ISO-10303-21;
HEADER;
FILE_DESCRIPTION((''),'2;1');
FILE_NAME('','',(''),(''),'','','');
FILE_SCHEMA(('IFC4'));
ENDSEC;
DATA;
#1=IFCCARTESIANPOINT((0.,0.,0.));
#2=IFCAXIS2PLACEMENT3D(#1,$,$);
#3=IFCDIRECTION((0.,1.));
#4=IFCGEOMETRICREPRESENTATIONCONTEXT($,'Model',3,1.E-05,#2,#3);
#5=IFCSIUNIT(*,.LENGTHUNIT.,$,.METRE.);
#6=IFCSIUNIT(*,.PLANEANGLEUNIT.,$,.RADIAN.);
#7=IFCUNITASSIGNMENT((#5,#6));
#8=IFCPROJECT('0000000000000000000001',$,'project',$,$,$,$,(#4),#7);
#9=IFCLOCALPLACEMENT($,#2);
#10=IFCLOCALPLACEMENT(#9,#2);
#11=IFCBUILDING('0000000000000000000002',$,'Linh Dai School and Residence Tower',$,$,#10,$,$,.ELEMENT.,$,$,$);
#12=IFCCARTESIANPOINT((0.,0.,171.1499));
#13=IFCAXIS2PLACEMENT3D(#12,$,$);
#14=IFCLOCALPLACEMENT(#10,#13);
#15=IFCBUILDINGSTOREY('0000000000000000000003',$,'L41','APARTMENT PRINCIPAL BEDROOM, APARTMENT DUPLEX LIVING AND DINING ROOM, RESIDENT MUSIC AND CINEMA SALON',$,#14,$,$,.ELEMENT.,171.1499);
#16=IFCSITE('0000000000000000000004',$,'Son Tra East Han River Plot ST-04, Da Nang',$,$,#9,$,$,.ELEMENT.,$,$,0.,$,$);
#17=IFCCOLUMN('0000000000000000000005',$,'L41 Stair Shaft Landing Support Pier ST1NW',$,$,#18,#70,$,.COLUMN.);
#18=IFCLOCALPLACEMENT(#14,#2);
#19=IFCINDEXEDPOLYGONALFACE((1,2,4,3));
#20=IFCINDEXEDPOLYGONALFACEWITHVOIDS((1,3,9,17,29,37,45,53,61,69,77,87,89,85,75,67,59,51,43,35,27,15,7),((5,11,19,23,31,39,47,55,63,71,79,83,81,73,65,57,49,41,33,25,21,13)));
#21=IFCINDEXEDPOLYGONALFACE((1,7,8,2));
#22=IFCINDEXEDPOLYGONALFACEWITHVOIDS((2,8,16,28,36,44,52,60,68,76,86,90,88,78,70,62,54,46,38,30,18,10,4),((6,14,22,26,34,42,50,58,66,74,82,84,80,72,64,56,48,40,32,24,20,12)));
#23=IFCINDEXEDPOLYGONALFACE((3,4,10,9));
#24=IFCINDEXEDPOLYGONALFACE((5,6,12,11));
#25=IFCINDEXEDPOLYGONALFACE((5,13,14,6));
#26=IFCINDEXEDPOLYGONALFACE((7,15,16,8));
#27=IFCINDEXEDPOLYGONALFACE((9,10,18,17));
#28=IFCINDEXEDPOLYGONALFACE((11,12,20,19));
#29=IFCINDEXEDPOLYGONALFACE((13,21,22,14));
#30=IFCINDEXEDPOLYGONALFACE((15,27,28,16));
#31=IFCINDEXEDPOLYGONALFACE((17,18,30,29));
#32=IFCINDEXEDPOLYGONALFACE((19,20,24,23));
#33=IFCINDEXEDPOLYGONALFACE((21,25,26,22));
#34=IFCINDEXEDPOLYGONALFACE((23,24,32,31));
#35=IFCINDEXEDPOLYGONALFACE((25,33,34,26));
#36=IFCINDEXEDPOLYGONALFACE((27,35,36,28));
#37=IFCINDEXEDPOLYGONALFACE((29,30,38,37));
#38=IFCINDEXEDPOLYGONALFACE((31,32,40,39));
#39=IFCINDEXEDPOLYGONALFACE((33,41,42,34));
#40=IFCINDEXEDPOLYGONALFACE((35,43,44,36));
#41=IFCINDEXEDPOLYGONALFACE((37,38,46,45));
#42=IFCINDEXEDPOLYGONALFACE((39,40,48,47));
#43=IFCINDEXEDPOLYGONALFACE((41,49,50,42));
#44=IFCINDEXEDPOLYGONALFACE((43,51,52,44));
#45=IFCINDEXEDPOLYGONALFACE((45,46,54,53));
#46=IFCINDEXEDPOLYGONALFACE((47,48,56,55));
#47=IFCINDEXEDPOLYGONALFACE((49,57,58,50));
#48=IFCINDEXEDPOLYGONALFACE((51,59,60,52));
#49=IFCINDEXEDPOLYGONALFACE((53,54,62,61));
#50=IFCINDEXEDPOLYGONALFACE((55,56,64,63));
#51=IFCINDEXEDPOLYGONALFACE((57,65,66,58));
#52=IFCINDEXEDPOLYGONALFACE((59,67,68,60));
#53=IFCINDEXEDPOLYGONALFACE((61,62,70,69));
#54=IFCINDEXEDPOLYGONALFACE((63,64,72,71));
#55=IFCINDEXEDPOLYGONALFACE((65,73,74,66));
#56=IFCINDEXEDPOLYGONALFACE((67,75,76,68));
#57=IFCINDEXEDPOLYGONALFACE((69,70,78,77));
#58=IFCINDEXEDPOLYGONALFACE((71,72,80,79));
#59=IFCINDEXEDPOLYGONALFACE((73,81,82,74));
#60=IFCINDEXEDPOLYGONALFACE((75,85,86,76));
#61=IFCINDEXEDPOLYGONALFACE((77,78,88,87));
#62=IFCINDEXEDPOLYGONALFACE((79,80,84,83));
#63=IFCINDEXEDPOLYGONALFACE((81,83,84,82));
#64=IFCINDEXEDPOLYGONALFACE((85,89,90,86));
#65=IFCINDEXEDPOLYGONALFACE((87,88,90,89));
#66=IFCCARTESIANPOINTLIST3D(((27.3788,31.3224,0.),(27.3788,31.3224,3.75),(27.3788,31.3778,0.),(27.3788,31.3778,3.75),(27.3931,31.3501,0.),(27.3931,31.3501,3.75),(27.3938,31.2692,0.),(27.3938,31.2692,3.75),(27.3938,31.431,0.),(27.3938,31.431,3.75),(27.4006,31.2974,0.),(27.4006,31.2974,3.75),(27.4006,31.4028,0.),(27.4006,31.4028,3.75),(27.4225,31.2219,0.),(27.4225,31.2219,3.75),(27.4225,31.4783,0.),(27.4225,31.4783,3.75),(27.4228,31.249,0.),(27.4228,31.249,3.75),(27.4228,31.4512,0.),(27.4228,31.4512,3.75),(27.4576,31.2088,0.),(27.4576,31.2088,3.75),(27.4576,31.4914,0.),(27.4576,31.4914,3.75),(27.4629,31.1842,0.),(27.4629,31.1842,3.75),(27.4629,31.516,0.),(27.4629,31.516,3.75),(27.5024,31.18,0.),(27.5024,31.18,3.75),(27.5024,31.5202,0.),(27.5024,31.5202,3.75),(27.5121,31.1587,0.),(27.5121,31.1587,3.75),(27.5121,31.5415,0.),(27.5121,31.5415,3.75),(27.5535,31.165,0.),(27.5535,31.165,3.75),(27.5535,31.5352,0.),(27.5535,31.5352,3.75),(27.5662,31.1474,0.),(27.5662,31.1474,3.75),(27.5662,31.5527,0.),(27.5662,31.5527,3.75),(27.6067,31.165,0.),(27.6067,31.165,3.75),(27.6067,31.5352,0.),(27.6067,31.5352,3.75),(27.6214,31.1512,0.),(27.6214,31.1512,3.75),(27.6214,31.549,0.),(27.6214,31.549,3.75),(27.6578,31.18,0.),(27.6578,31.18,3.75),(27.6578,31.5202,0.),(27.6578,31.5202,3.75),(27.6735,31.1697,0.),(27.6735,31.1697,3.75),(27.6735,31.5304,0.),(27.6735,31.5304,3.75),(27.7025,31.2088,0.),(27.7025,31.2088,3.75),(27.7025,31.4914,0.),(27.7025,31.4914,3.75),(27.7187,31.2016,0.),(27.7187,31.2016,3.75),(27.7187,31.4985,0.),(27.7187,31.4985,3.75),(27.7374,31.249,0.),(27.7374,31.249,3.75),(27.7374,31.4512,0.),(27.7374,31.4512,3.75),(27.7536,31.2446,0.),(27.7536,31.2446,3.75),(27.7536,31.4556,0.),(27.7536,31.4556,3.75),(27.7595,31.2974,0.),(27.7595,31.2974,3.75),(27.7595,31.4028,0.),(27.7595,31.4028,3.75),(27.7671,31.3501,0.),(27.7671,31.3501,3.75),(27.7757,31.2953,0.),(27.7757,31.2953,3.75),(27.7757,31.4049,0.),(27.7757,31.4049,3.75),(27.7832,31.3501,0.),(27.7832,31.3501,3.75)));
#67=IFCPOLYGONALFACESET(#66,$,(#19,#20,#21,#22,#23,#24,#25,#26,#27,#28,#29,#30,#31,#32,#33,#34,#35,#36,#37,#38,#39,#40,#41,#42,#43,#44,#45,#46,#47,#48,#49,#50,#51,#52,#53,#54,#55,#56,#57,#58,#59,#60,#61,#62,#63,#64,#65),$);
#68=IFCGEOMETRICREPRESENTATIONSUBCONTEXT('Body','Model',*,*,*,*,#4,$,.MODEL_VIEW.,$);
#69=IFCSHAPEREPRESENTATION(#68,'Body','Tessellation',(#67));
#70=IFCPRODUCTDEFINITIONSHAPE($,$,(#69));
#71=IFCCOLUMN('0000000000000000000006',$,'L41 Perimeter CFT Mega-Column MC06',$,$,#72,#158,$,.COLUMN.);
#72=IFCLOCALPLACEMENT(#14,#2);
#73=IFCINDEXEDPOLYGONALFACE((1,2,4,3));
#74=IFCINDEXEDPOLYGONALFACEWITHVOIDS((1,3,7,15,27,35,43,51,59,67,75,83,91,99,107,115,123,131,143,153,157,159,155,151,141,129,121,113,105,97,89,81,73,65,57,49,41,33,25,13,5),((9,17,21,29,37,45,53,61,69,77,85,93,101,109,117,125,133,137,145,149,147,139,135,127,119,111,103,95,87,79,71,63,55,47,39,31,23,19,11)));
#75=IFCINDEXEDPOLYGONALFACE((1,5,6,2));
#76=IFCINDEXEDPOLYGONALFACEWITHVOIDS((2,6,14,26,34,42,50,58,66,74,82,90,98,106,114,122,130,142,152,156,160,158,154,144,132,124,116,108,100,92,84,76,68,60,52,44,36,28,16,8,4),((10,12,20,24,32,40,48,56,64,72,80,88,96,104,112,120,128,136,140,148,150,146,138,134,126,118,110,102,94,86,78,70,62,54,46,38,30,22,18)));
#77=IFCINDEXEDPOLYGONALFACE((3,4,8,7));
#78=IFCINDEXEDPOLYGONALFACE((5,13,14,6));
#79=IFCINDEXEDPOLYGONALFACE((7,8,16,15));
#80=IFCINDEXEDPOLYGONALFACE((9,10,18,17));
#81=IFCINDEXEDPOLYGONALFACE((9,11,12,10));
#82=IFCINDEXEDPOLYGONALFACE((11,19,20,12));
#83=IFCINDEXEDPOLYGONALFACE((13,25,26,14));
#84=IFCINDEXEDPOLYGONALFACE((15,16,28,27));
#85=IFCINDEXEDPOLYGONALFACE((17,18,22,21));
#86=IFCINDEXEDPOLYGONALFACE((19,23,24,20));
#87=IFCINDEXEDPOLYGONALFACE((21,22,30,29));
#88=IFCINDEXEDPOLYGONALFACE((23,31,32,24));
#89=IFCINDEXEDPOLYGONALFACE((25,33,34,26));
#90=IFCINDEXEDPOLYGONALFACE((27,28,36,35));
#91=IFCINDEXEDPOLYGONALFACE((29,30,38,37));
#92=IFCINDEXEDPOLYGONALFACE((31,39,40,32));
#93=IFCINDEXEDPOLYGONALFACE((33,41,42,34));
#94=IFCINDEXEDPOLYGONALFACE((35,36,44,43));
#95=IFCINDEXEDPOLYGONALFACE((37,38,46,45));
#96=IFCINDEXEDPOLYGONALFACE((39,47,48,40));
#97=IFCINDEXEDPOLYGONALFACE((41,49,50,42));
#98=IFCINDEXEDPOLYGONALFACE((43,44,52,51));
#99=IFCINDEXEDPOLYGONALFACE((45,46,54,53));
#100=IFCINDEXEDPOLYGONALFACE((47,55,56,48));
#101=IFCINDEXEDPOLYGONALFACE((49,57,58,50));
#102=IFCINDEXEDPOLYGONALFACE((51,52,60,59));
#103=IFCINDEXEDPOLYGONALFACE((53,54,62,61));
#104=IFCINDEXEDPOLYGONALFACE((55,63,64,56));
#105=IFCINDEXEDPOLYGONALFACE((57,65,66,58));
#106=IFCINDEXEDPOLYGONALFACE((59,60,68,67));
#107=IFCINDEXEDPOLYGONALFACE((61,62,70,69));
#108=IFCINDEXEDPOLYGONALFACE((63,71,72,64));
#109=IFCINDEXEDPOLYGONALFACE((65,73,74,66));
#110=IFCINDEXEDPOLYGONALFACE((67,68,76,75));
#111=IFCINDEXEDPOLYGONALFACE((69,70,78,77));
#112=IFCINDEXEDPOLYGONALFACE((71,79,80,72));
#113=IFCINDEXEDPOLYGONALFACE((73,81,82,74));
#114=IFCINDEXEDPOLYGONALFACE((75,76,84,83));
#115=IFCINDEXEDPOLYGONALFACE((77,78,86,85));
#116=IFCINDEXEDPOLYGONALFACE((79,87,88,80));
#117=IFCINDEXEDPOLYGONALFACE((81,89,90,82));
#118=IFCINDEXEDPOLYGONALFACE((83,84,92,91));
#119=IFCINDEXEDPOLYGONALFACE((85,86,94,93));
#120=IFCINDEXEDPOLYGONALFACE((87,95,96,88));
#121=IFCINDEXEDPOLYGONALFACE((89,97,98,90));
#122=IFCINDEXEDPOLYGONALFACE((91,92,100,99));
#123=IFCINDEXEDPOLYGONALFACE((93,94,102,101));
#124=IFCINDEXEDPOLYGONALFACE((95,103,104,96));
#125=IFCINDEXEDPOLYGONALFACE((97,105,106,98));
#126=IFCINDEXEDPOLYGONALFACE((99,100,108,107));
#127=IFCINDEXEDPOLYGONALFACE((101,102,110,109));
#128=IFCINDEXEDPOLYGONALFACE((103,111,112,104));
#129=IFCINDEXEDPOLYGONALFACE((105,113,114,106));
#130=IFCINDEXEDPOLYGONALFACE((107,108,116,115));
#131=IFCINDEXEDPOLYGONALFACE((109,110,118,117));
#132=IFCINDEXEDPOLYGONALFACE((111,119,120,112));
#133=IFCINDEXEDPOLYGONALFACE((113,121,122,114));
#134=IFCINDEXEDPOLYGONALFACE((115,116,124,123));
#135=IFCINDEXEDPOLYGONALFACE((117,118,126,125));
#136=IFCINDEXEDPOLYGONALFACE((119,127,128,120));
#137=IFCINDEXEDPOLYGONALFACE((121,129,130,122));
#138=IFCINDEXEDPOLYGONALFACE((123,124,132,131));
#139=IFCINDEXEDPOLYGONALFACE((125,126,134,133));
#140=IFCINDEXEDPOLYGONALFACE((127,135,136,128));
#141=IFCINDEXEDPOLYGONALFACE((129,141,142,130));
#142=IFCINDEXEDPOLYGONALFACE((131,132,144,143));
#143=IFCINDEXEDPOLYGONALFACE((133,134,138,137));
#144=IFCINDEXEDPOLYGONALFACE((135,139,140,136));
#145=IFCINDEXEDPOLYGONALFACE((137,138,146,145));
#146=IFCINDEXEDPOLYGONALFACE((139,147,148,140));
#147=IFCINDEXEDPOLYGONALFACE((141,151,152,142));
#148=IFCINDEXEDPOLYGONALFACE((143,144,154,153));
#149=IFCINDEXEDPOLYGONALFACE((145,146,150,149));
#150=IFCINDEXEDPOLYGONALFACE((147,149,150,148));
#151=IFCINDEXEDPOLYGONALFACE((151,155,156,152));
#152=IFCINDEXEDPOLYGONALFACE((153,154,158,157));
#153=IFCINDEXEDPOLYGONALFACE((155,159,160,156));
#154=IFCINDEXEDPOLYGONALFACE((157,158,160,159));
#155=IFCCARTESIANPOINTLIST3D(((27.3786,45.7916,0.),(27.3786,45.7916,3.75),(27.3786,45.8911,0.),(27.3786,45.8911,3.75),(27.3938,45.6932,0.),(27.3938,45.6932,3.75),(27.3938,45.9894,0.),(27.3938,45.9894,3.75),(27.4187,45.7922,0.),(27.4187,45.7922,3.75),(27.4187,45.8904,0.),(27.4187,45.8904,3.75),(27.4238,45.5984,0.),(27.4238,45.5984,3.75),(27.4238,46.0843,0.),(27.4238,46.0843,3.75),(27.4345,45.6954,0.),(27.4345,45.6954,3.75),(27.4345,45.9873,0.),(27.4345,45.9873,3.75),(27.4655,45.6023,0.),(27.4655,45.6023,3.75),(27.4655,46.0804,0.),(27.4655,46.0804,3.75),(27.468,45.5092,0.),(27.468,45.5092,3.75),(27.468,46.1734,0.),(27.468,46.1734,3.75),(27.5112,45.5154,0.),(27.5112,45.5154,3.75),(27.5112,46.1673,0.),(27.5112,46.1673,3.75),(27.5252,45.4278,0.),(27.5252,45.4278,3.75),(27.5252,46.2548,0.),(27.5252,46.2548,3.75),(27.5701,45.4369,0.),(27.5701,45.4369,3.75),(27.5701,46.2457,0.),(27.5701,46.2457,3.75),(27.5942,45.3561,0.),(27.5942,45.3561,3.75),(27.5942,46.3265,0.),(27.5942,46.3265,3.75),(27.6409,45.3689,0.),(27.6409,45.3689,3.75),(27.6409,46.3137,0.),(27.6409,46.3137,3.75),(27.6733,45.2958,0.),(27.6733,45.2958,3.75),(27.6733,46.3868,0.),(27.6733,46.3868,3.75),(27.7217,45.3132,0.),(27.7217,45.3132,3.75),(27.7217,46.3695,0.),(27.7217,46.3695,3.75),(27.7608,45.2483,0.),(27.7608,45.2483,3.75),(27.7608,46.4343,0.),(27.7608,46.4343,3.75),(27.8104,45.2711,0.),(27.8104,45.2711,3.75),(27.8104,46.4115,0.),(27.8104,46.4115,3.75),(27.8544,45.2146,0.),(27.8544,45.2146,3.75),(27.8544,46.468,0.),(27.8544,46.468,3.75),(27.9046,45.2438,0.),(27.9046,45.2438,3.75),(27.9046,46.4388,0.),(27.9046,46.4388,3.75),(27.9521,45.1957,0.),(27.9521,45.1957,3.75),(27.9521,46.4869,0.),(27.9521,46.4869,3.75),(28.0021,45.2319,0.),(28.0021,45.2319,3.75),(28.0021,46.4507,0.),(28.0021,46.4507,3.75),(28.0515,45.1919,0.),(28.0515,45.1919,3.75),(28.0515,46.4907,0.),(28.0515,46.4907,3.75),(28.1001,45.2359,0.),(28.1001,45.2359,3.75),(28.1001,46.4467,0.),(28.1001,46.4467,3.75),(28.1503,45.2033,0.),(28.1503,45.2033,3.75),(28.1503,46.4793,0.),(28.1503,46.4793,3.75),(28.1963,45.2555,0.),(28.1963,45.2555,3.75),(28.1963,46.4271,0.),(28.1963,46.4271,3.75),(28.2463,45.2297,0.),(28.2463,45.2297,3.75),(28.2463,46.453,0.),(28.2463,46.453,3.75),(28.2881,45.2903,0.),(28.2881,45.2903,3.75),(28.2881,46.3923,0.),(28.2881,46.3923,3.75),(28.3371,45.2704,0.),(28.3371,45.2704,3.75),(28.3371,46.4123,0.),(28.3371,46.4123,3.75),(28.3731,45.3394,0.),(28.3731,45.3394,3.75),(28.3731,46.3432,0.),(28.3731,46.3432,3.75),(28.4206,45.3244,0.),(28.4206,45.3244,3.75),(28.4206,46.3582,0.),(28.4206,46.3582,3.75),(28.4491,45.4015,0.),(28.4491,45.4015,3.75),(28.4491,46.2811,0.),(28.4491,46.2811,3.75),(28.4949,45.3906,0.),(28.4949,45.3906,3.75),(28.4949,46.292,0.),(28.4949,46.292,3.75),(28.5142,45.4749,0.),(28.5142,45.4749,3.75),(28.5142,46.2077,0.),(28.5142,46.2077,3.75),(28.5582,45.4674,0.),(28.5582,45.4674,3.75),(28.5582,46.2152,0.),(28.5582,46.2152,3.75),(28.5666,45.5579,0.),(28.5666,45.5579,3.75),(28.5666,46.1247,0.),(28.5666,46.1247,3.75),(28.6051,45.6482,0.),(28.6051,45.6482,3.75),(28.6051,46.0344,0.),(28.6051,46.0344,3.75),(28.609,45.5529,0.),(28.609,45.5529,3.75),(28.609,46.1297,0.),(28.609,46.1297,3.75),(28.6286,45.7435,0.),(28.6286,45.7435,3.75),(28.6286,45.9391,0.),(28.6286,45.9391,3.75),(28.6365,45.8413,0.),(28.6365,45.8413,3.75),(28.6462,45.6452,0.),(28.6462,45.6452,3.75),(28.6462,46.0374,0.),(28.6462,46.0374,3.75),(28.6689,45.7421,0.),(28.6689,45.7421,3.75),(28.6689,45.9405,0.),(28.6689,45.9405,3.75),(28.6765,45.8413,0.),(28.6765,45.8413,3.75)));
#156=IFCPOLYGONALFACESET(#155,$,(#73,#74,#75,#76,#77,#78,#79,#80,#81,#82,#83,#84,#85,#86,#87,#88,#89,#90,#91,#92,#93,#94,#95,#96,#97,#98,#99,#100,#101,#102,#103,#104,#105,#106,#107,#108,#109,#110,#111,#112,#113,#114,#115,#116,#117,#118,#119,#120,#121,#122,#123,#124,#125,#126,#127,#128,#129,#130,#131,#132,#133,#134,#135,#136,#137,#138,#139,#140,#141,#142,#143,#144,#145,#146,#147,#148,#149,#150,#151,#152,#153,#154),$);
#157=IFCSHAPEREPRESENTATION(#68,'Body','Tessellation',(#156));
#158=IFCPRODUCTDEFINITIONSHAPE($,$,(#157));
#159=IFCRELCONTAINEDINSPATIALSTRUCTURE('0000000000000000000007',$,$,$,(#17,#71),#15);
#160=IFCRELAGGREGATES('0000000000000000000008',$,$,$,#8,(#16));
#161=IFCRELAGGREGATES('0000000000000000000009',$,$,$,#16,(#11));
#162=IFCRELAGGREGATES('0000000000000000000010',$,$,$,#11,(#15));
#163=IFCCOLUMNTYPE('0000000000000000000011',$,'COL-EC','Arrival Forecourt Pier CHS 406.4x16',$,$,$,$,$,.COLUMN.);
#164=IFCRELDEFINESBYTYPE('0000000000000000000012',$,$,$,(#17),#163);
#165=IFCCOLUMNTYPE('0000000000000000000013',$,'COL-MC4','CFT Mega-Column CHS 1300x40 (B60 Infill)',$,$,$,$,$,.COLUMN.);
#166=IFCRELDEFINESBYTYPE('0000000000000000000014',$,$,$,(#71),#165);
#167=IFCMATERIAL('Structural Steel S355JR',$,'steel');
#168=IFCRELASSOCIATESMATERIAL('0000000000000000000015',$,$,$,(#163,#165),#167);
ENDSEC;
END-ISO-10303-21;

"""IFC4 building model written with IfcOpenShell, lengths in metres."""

from ifc_helpers import new_model, si_unit, direction, frame, origin, origin_2d, place, context, subcontext, project, spatial, hollow_circle, extrude, material, material_profile, profile_set, type_object, element, save


model = new_model("IFC4")

# Units and contexts
model_context = context("Model", 3, precision=1e-05, world=origin(), true_north=direction((0.0, 1.0)))
body_context = subcontext(model_context, "Body", "Model", "MODEL_VIEW")
ifc_project = project(units=[si_unit("LENGTHUNIT", "METRE"), si_unit("PLANEANGLEUNIT", "RADIAN")], contexts=[model_context])

# Site, building, storey
site_placement = place(None, origin())
site = spatial("IfcSite", under=ifc_project, at=site_placement, Name="Son Tra East Han River Plot ST-04, Da Nang", CompositionType="ELEMENT", RefElevation=0.0)
building_placement = place(site_placement, origin())
building = spatial("IfcBuilding", under=site, at=building_placement, Name="Linh Dai School and Residence Tower", CompositionType="ELEMENT")
storey_placement = place(building_placement, frame((0.0, 0.0, 171.1499)))
storey = spatial("IfcBuildingStorey", under=building, at=storey_placement, Name="L41", Description="APARTMENT PRINCIPAL BEDROOM, APARTMENT DUPLEX LIVING AND DINING ROOM, RESIDENT MUSIC AND CINEMA SALON", CompositionType="ELEMENT", Elevation=171.1499)

# Columns
ifc_material_1 = material(Name="Structural Steel S355JR", Category="steel")
ifc_material_profile_1 = material_profile(ifc_material_1, hollow_circle(Radius=0.2031, WallThickness=0.0161, at=origin_2d()), Name="CHS 406.4x16")
ifc_profile_set_1 = profile_set([ifc_material_profile_1], Name="Structural Steel S355JR")
column_type_1 = type_object("IfcColumnType", Name="COL-EC", Description="Arrival Forecourt Pier CHS 406.4x16", PredefinedType="COLUMN", material=ifc_profile_set_1)
column_1_placement = place(storey_placement, frame((27.5801, 31.3501, 0.0), z_axis=(0.0, 0.0, 1.0), x_axis=(1.0, 0.0, 0.0)))
element("IfcColumn", 1, at=column_1_placement, inside=storey, type_object=column_type_1, Name="L41 Stair Shaft Landing Support Pier ST1NW", PredefinedType="COLUMN", context=body_context, shape_type="SweptSolid", body=[
    extrude(hollow_circle(Radius=0.2031, WallThickness=0.0161, at=origin_2d()), origin(), (0.0, 0.0, 1.0), 3.75),
])
ifc_material_profile_2 = material_profile(ifc_material_1, hollow_circle(Radius=0.6499, WallThickness=0.04, at=origin_2d()), Name="CHS 1300x40")
ifc_profile_set_2 = profile_set([ifc_material_profile_2], Name="Structural Steel S355JR")
column_type_2 = type_object("IfcColumnType", Name="COL-MC4", Description="CFT Mega-Column CHS 1300x40 (B60 Infill)", PredefinedType="COLUMN", material=ifc_profile_set_2)
column_2_placement = place(storey_placement, frame((28.0266, 45.8413, 0.0), z_axis=(0.0, 0.0, 1.0), x_axis=(1.0, 0.0, 0.0)))
element("IfcColumn", 2, at=column_2_placement, inside=storey, type_object=column_type_2, Name="L41 Perimeter CFT Mega-Column MC06", PredefinedType="COLUMN", context=body_context, shape_type="SweptSolid", body=[
    extrude(hollow_circle(Radius=0.6499, WallThickness=0.04, at=origin_2d()), origin(), (0.0, 0.0, 1.0), 3.75),
])

save(model, "model.ifc")
